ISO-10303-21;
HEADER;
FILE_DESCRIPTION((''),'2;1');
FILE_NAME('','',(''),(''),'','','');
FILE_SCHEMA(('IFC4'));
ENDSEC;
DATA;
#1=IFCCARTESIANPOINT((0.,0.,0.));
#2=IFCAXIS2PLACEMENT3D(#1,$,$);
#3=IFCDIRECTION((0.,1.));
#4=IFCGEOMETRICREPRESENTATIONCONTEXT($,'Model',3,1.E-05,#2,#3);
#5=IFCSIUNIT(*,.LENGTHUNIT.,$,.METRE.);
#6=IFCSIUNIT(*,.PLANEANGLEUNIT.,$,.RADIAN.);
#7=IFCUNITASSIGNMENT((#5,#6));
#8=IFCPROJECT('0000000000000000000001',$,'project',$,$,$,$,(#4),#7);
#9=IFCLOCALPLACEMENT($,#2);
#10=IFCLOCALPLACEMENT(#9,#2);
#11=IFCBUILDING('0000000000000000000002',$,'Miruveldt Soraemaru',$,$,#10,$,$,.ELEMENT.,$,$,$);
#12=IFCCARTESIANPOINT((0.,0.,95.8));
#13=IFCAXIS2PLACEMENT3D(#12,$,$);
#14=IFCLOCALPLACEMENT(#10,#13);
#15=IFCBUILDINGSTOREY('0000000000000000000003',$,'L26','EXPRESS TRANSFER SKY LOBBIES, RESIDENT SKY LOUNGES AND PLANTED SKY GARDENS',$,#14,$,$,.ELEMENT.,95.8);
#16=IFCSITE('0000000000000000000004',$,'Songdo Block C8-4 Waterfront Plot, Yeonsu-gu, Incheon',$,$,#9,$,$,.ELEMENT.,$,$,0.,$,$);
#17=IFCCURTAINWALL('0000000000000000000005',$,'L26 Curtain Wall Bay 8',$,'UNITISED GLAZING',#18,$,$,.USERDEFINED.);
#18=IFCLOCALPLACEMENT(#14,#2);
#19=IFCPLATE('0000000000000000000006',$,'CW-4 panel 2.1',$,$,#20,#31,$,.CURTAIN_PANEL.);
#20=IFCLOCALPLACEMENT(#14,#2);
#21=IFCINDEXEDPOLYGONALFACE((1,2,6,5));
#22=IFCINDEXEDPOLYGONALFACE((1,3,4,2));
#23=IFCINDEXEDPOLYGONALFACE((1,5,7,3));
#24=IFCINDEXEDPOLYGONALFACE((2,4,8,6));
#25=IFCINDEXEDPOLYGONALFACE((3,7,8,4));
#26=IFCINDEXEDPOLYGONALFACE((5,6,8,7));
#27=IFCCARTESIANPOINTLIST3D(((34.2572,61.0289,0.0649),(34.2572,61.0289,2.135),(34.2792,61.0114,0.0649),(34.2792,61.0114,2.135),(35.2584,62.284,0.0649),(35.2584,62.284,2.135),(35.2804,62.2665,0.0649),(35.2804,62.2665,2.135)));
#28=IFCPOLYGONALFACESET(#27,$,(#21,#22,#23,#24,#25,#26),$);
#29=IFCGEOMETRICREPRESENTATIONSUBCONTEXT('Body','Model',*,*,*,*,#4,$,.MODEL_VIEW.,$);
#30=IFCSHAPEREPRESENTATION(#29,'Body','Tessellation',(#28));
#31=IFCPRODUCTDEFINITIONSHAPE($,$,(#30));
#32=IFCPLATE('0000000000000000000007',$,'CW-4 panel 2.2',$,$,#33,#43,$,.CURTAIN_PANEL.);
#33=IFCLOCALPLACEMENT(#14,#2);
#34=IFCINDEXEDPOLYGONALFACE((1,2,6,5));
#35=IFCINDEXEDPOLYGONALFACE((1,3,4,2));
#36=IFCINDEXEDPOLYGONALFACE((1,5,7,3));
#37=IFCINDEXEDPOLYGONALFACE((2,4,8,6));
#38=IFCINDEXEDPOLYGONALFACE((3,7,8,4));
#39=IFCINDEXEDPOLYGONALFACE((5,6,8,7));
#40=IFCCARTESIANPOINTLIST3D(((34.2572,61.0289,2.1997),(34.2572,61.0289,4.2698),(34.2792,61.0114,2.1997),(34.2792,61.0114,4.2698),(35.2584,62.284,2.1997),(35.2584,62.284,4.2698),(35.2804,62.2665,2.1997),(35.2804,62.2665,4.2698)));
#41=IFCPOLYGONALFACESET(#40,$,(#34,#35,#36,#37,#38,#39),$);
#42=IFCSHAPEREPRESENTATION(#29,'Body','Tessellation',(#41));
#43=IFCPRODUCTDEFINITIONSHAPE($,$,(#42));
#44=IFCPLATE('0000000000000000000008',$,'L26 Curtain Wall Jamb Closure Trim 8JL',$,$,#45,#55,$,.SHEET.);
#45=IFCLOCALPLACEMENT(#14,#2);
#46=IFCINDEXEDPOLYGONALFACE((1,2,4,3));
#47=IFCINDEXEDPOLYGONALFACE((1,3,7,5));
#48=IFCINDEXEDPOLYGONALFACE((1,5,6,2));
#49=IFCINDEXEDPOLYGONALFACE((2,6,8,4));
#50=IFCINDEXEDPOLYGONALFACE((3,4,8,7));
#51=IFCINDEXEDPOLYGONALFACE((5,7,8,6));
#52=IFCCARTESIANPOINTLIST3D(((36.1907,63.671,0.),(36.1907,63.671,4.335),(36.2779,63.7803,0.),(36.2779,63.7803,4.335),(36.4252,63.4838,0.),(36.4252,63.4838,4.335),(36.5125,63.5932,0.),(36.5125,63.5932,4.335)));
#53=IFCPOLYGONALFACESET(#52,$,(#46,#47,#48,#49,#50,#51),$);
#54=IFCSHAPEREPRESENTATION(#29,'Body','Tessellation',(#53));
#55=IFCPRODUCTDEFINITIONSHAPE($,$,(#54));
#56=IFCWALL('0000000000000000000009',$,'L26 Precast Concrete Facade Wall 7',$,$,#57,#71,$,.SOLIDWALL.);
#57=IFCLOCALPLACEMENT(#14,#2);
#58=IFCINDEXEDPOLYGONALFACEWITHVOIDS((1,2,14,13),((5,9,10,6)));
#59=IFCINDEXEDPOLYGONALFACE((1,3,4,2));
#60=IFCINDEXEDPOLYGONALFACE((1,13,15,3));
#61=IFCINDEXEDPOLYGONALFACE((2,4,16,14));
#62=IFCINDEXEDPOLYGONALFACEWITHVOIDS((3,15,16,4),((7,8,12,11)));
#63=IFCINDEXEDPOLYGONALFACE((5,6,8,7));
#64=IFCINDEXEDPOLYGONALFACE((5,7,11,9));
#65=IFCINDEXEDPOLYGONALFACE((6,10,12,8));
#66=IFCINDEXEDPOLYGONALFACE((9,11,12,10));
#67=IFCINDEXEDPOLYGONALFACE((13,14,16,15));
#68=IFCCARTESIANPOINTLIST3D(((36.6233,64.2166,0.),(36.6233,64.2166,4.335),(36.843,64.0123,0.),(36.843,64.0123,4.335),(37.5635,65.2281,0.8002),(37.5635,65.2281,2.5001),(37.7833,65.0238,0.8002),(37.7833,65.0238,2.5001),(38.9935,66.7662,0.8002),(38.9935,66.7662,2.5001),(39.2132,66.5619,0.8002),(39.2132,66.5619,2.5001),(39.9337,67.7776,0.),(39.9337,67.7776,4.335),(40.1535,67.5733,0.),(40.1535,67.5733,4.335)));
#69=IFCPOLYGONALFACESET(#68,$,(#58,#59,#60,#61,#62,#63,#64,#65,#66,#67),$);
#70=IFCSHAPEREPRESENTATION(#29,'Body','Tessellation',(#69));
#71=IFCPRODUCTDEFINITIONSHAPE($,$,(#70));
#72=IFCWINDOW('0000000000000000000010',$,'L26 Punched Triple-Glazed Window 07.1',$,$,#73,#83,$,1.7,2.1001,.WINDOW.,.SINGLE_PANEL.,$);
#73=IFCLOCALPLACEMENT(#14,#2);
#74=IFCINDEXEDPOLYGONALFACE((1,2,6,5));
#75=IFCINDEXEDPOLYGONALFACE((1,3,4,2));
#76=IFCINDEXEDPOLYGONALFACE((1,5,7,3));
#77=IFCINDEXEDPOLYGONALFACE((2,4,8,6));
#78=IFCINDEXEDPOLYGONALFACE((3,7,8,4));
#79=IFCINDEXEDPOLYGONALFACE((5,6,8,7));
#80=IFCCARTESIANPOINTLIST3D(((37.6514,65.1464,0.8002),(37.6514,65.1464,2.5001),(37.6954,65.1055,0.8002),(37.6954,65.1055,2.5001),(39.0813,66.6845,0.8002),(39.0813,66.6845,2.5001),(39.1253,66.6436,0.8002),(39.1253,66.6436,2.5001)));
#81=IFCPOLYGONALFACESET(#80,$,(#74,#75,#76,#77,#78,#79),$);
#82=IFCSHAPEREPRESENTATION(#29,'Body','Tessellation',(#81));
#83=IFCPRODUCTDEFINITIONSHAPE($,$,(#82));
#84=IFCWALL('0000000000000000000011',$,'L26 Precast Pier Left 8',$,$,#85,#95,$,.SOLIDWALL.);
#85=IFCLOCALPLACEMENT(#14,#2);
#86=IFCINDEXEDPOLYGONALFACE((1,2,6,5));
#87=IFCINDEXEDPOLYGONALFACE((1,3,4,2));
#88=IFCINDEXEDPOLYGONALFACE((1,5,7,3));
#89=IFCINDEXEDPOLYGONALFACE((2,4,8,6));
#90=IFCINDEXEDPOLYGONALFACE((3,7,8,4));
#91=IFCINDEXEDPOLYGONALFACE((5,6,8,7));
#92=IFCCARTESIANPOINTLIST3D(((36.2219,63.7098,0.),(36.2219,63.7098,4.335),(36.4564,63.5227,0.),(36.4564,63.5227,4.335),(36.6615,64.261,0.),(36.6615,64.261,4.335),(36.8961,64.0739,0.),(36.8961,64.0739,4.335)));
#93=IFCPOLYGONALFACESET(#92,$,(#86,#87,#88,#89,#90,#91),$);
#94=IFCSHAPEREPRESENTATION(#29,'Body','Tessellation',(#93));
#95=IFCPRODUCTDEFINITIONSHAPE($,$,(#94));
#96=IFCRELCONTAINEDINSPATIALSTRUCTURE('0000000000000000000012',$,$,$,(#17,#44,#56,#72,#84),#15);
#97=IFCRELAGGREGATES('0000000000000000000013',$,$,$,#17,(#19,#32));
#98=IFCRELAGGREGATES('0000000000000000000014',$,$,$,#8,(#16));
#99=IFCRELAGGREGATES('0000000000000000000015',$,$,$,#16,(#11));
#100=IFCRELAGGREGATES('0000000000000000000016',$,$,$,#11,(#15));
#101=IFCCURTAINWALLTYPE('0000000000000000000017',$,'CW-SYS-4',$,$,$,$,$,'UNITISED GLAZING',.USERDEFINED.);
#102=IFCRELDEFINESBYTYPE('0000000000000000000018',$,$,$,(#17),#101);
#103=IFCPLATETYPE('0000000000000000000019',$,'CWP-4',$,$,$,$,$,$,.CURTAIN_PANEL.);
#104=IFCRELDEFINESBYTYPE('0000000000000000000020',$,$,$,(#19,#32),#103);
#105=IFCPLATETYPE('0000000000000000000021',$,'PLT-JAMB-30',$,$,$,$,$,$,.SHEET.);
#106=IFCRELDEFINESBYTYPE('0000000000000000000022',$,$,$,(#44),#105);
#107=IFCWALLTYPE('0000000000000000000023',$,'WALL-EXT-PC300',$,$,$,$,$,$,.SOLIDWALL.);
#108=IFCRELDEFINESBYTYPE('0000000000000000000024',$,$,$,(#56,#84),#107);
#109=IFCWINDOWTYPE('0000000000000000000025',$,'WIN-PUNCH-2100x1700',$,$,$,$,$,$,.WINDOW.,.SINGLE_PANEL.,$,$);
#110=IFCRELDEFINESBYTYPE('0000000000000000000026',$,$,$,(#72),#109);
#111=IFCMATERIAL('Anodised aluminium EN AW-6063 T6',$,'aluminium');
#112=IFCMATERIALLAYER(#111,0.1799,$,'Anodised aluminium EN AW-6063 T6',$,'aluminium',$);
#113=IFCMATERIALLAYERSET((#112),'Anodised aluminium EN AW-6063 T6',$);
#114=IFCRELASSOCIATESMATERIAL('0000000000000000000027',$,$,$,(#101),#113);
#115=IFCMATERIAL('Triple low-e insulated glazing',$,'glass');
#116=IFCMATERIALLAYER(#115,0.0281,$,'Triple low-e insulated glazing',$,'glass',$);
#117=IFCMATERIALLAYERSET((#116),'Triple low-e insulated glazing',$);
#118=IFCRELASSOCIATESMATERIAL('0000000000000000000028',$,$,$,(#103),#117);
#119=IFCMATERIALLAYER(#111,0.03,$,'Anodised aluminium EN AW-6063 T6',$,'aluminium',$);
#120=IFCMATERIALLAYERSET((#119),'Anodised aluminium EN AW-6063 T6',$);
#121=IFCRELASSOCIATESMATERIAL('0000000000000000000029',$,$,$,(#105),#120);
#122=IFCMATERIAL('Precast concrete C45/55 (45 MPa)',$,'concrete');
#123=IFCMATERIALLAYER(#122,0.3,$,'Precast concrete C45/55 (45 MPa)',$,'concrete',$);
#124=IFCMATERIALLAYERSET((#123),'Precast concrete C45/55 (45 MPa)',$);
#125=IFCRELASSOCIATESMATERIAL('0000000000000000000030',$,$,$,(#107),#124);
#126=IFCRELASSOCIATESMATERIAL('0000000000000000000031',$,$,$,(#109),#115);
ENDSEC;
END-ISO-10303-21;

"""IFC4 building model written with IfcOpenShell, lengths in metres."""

from ifc_helpers import new_model, si_unit, direction, frame, frame_2d, origin, origin_2d, place, context, subcontext, project, spatial, rectangle, extrude, material, layer, layer_set, type_object, element, fill, aggregate, save


model = new_model("IFC4")

# Units and contexts
model_context = context("Model", 3, precision=1e-05, world=origin(), true_north=direction((0.0, 1.0)))
body_context = subcontext(model_context, "Body", "Model", "MODEL_VIEW")
ifc_project = project(units=[si_unit("LENGTHUNIT", "METRE"), si_unit("PLANEANGLEUNIT", "RADIAN")], contexts=[model_context])

# Site, building, storey
site_placement = place(None, origin())
site = spatial("IfcSite", under=ifc_project, at=site_placement, Name="Songdo Block C8-4 Waterfront Plot, Yeonsu-gu, Incheon", CompositionType="ELEMENT", RefElevation=0.0)
building_placement = place(site_placement, origin())
building = spatial("IfcBuilding", under=site, at=building_placement, Name="Miruveldt Soraemaru", CompositionType="ELEMENT")
storey_placement = place(building_placement, frame((0.0, 0.0, 95.8)))
storey = spatial("IfcBuildingStorey", under=building, at=storey_placement, Name="L26", Description="EXPRESS TRANSFER SKY LOBBIES, RESIDENT SKY LOUNGES AND PLANTED SKY GARDENS", CompositionType="ELEMENT", Elevation=95.8)

# Curtain wall, plates
ifc_material_1 = material(Name="Anodised aluminium EN AW-6063 T6", Category="aluminium")
ifc_layer_1 = layer(ifc_material_1, 0.1799, Name="Anodised aluminium EN AW-6063 T6", Category="aluminium")
ifc_layer_set_1 = layer_set([ifc_layer_1], Name="Anodised aluminium EN AW-6063 T6")
curtain_wall_type = type_object("IfcCurtainWallType", Name="CW-SYS-4", ElementType="UNITISED GLAZING", PredefinedType="USERDEFINED", material=ifc_layer_set_1)
curtain_wall_placement = place(storey_placement, origin())
curtain_wall = element("IfcCurtainWall", 1, at=curtain_wall_placement, inside=storey, type_object=curtain_wall_type, Name="L26 Curtain Wall Bay 8", ObjectType="UNITISED GLAZING", PredefinedType="USERDEFINED")
ifc_material_2 = material(Name="Triple low-e insulated glazing", Category="glass")
ifc_layer_2 = layer(ifc_material_2, 0.0281, Name="Triple low-e insulated glazing", Category="glass")
ifc_layer_set_2 = layer_set([ifc_layer_2], Name="Triple low-e insulated glazing")
plate_type_1 = type_object("IfcPlateType", Name="CWP-4", PredefinedType="CURTAIN_PANEL", material=ifc_layer_set_2)
plate_1_placement = place(storey_placement, frame((34.7688, 61.6477, 0.0649), z_axis=(0.0, 0.0, 1.0), x_axis=(-0.623606, -0.781739, 0.0)))
plate_1 = element("IfcPlate", 2, at=plate_1_placement, type_object=plate_type_1, Name="CW-4 panel 2.1", PredefinedType="CURTAIN_PANEL", context=body_context, shape_type="SweptSolid", body=[
    extrude(rectangle(XDim=1.6055, YDim=0.0281, at=origin_2d()), origin(), (0.0, 0.0, 1.0), 2.0701),
])
plate_2_placement = place(storey_placement, frame((34.7688, 61.6477, 2.1997), z_axis=(0.0, 0.0, 1.0), x_axis=(-0.623606, -0.781739, 0.0)))
plate_2 = element("IfcPlate", 3, at=plate_2_placement, type_object=plate_type_1, Name="CW-4 panel 2.2", PredefinedType="CURTAIN_PANEL", context=body_context, shape_type="SweptSolid", body=[
    extrude(rectangle(XDim=1.6055, YDim=0.0281, at=origin_2d()), origin(), (0.0, 0.0, 1.0), 2.0701),
])
aggregate(curtain_wall, [plate_1, plate_2])

# Plate
ifc_layer_3 = layer(ifc_material_1, 0.03, Name="Anodised aluminium EN AW-6063 T6", Category="aluminium")
ifc_layer_set_3 = layer_set([ifc_layer_3], Name="Anodised aluminium EN AW-6063 T6")
plate_type_2 = type_object("IfcPlateType", Name="PLT-JAMB-30", PredefinedType="SHEET", material=ifc_layer_set_3)
plate_3_placement = place(storey_placement, frame((36.3516, 63.6321, 0.0), z_axis=(0.0, 0.0, 1.0), x_axis=(-0.623607, -0.781738, 0.0)))
element("IfcPlate", 4, at=plate_3_placement, inside=storey, type_object=plate_type_2, Name="L26 Curtain Wall Jamb Closure Trim 8JL", PredefinedType="SHEET", context=body_context, shape_type="SweptSolid", body=[
    extrude(rectangle(XDim=0.1399, YDim=0.3, at=origin_2d()), origin(), (0.0, 0.0, 1.0), 4.335),
])

# Wall, opening, window
ifc_material_3 = material(Name="Precast concrete C45/55 (45 MPa)", Category="concrete")
ifc_layer_4 = layer(ifc_material_3, 0.3, Name="Precast concrete C45/55 (45 MPa)", Category="concrete")
ifc_layer_set_4 = layer_set([ifc_layer_4], Name="Precast concrete C45/55 (45 MPa)")
wall_type = type_object("IfcWallType", Name="WALL-EXT-PC300", PredefinedType="SOLIDWALL", material=ifc_layer_set_4)
wall_1_placement = place(storey_placement, frame((40.0437, 67.6755, 0.0), z_axis=(0.0, 0.0, 1.0), x_axis=(-0.680879, -0.732396, 0.0)))
wall_1 = element("IfcWall", 5, at=wall_1_placement, inside=storey, type_object=wall_type, Name="L26 Precast Concrete Facade Wall 7", PredefinedType="SOLIDWALL", context=body_context, shape_type="SweptSolid", body=[
    extrude(rectangle(XDim=4.8621, YDim=0.3, at=frame_2d((2.4312, 0.0))), origin(), (0.0, 0.0, 1.0), 4.335),
])
opening_placement = place(wall_1_placement, frame((1.3811, 0.0, 0.8)))
opening = element("IfcOpeningElement", 6, at=opening_placement, cuts=wall_1, PredefinedType="OPENING", context=body_context, shape_type="SweptSolid", body=[
    extrude(rectangle(XDim=2.1001, YDim=1.7, at=frame_2d((1.05, 0.8501))), frame((0.0, 0.1602, 0.0), z_axis=(0.0, -1.0, 0.0), x_axis=(1.0, 0.0, 0.0)), (0.0, 0.0, 1.0), 0.3201),
])
window_type = type_object("IfcWindowType", Name="WIN-PUNCH-2100x1700", PartitioningType="SINGLE_PANEL", PredefinedType="WINDOW", material=ifc_material_2)
window_placement = place(opening_placement, origin())
window = element("IfcWindow", 7, at=window_placement, inside=storey, type_object=window_type, Name="L26 Punched Triple-Glazed Window 07.1", OverallHeight=1.7, OverallWidth=2.1001, PartitioningType="SINGLE_PANEL", PredefinedType="WINDOW", context=body_context, shape_type="SweptSolid", body=[
    extrude(rectangle(XDim=2.1001, YDim=1.7, at=frame_2d((1.05, 0.8501))), frame((0.0, 0.03, 0.0), z_axis=(0.0, -1.0, 0.0), x_axis=(1.0, 0.0, 0.0)), (0.0, 0.0, 1.0), 0.0601),
])
fill(opening, window)

# Wall
wall_2_placement = place(storey_placement, frame((36.7788, 64.1675, 0.0), z_axis=(0.0, 0.0, 1.0), x_axis=(-0.623554, -0.78178, 0.0)))
element("IfcWall", 8, at=wall_2_placement, inside=storey, type_object=wall_type, Name="L26 Precast Pier Left 8", PredefinedType="SOLIDWALL", context=body_context, shape_type="SweptSolid", body=[
    extrude(rectangle(XDim=0.7051, YDim=0.3, at=frame_2d((0.3525, 0.0))), origin(), (0.0, 0.0, 1.0), 4.335),
])

save(model, "model.ifc")
